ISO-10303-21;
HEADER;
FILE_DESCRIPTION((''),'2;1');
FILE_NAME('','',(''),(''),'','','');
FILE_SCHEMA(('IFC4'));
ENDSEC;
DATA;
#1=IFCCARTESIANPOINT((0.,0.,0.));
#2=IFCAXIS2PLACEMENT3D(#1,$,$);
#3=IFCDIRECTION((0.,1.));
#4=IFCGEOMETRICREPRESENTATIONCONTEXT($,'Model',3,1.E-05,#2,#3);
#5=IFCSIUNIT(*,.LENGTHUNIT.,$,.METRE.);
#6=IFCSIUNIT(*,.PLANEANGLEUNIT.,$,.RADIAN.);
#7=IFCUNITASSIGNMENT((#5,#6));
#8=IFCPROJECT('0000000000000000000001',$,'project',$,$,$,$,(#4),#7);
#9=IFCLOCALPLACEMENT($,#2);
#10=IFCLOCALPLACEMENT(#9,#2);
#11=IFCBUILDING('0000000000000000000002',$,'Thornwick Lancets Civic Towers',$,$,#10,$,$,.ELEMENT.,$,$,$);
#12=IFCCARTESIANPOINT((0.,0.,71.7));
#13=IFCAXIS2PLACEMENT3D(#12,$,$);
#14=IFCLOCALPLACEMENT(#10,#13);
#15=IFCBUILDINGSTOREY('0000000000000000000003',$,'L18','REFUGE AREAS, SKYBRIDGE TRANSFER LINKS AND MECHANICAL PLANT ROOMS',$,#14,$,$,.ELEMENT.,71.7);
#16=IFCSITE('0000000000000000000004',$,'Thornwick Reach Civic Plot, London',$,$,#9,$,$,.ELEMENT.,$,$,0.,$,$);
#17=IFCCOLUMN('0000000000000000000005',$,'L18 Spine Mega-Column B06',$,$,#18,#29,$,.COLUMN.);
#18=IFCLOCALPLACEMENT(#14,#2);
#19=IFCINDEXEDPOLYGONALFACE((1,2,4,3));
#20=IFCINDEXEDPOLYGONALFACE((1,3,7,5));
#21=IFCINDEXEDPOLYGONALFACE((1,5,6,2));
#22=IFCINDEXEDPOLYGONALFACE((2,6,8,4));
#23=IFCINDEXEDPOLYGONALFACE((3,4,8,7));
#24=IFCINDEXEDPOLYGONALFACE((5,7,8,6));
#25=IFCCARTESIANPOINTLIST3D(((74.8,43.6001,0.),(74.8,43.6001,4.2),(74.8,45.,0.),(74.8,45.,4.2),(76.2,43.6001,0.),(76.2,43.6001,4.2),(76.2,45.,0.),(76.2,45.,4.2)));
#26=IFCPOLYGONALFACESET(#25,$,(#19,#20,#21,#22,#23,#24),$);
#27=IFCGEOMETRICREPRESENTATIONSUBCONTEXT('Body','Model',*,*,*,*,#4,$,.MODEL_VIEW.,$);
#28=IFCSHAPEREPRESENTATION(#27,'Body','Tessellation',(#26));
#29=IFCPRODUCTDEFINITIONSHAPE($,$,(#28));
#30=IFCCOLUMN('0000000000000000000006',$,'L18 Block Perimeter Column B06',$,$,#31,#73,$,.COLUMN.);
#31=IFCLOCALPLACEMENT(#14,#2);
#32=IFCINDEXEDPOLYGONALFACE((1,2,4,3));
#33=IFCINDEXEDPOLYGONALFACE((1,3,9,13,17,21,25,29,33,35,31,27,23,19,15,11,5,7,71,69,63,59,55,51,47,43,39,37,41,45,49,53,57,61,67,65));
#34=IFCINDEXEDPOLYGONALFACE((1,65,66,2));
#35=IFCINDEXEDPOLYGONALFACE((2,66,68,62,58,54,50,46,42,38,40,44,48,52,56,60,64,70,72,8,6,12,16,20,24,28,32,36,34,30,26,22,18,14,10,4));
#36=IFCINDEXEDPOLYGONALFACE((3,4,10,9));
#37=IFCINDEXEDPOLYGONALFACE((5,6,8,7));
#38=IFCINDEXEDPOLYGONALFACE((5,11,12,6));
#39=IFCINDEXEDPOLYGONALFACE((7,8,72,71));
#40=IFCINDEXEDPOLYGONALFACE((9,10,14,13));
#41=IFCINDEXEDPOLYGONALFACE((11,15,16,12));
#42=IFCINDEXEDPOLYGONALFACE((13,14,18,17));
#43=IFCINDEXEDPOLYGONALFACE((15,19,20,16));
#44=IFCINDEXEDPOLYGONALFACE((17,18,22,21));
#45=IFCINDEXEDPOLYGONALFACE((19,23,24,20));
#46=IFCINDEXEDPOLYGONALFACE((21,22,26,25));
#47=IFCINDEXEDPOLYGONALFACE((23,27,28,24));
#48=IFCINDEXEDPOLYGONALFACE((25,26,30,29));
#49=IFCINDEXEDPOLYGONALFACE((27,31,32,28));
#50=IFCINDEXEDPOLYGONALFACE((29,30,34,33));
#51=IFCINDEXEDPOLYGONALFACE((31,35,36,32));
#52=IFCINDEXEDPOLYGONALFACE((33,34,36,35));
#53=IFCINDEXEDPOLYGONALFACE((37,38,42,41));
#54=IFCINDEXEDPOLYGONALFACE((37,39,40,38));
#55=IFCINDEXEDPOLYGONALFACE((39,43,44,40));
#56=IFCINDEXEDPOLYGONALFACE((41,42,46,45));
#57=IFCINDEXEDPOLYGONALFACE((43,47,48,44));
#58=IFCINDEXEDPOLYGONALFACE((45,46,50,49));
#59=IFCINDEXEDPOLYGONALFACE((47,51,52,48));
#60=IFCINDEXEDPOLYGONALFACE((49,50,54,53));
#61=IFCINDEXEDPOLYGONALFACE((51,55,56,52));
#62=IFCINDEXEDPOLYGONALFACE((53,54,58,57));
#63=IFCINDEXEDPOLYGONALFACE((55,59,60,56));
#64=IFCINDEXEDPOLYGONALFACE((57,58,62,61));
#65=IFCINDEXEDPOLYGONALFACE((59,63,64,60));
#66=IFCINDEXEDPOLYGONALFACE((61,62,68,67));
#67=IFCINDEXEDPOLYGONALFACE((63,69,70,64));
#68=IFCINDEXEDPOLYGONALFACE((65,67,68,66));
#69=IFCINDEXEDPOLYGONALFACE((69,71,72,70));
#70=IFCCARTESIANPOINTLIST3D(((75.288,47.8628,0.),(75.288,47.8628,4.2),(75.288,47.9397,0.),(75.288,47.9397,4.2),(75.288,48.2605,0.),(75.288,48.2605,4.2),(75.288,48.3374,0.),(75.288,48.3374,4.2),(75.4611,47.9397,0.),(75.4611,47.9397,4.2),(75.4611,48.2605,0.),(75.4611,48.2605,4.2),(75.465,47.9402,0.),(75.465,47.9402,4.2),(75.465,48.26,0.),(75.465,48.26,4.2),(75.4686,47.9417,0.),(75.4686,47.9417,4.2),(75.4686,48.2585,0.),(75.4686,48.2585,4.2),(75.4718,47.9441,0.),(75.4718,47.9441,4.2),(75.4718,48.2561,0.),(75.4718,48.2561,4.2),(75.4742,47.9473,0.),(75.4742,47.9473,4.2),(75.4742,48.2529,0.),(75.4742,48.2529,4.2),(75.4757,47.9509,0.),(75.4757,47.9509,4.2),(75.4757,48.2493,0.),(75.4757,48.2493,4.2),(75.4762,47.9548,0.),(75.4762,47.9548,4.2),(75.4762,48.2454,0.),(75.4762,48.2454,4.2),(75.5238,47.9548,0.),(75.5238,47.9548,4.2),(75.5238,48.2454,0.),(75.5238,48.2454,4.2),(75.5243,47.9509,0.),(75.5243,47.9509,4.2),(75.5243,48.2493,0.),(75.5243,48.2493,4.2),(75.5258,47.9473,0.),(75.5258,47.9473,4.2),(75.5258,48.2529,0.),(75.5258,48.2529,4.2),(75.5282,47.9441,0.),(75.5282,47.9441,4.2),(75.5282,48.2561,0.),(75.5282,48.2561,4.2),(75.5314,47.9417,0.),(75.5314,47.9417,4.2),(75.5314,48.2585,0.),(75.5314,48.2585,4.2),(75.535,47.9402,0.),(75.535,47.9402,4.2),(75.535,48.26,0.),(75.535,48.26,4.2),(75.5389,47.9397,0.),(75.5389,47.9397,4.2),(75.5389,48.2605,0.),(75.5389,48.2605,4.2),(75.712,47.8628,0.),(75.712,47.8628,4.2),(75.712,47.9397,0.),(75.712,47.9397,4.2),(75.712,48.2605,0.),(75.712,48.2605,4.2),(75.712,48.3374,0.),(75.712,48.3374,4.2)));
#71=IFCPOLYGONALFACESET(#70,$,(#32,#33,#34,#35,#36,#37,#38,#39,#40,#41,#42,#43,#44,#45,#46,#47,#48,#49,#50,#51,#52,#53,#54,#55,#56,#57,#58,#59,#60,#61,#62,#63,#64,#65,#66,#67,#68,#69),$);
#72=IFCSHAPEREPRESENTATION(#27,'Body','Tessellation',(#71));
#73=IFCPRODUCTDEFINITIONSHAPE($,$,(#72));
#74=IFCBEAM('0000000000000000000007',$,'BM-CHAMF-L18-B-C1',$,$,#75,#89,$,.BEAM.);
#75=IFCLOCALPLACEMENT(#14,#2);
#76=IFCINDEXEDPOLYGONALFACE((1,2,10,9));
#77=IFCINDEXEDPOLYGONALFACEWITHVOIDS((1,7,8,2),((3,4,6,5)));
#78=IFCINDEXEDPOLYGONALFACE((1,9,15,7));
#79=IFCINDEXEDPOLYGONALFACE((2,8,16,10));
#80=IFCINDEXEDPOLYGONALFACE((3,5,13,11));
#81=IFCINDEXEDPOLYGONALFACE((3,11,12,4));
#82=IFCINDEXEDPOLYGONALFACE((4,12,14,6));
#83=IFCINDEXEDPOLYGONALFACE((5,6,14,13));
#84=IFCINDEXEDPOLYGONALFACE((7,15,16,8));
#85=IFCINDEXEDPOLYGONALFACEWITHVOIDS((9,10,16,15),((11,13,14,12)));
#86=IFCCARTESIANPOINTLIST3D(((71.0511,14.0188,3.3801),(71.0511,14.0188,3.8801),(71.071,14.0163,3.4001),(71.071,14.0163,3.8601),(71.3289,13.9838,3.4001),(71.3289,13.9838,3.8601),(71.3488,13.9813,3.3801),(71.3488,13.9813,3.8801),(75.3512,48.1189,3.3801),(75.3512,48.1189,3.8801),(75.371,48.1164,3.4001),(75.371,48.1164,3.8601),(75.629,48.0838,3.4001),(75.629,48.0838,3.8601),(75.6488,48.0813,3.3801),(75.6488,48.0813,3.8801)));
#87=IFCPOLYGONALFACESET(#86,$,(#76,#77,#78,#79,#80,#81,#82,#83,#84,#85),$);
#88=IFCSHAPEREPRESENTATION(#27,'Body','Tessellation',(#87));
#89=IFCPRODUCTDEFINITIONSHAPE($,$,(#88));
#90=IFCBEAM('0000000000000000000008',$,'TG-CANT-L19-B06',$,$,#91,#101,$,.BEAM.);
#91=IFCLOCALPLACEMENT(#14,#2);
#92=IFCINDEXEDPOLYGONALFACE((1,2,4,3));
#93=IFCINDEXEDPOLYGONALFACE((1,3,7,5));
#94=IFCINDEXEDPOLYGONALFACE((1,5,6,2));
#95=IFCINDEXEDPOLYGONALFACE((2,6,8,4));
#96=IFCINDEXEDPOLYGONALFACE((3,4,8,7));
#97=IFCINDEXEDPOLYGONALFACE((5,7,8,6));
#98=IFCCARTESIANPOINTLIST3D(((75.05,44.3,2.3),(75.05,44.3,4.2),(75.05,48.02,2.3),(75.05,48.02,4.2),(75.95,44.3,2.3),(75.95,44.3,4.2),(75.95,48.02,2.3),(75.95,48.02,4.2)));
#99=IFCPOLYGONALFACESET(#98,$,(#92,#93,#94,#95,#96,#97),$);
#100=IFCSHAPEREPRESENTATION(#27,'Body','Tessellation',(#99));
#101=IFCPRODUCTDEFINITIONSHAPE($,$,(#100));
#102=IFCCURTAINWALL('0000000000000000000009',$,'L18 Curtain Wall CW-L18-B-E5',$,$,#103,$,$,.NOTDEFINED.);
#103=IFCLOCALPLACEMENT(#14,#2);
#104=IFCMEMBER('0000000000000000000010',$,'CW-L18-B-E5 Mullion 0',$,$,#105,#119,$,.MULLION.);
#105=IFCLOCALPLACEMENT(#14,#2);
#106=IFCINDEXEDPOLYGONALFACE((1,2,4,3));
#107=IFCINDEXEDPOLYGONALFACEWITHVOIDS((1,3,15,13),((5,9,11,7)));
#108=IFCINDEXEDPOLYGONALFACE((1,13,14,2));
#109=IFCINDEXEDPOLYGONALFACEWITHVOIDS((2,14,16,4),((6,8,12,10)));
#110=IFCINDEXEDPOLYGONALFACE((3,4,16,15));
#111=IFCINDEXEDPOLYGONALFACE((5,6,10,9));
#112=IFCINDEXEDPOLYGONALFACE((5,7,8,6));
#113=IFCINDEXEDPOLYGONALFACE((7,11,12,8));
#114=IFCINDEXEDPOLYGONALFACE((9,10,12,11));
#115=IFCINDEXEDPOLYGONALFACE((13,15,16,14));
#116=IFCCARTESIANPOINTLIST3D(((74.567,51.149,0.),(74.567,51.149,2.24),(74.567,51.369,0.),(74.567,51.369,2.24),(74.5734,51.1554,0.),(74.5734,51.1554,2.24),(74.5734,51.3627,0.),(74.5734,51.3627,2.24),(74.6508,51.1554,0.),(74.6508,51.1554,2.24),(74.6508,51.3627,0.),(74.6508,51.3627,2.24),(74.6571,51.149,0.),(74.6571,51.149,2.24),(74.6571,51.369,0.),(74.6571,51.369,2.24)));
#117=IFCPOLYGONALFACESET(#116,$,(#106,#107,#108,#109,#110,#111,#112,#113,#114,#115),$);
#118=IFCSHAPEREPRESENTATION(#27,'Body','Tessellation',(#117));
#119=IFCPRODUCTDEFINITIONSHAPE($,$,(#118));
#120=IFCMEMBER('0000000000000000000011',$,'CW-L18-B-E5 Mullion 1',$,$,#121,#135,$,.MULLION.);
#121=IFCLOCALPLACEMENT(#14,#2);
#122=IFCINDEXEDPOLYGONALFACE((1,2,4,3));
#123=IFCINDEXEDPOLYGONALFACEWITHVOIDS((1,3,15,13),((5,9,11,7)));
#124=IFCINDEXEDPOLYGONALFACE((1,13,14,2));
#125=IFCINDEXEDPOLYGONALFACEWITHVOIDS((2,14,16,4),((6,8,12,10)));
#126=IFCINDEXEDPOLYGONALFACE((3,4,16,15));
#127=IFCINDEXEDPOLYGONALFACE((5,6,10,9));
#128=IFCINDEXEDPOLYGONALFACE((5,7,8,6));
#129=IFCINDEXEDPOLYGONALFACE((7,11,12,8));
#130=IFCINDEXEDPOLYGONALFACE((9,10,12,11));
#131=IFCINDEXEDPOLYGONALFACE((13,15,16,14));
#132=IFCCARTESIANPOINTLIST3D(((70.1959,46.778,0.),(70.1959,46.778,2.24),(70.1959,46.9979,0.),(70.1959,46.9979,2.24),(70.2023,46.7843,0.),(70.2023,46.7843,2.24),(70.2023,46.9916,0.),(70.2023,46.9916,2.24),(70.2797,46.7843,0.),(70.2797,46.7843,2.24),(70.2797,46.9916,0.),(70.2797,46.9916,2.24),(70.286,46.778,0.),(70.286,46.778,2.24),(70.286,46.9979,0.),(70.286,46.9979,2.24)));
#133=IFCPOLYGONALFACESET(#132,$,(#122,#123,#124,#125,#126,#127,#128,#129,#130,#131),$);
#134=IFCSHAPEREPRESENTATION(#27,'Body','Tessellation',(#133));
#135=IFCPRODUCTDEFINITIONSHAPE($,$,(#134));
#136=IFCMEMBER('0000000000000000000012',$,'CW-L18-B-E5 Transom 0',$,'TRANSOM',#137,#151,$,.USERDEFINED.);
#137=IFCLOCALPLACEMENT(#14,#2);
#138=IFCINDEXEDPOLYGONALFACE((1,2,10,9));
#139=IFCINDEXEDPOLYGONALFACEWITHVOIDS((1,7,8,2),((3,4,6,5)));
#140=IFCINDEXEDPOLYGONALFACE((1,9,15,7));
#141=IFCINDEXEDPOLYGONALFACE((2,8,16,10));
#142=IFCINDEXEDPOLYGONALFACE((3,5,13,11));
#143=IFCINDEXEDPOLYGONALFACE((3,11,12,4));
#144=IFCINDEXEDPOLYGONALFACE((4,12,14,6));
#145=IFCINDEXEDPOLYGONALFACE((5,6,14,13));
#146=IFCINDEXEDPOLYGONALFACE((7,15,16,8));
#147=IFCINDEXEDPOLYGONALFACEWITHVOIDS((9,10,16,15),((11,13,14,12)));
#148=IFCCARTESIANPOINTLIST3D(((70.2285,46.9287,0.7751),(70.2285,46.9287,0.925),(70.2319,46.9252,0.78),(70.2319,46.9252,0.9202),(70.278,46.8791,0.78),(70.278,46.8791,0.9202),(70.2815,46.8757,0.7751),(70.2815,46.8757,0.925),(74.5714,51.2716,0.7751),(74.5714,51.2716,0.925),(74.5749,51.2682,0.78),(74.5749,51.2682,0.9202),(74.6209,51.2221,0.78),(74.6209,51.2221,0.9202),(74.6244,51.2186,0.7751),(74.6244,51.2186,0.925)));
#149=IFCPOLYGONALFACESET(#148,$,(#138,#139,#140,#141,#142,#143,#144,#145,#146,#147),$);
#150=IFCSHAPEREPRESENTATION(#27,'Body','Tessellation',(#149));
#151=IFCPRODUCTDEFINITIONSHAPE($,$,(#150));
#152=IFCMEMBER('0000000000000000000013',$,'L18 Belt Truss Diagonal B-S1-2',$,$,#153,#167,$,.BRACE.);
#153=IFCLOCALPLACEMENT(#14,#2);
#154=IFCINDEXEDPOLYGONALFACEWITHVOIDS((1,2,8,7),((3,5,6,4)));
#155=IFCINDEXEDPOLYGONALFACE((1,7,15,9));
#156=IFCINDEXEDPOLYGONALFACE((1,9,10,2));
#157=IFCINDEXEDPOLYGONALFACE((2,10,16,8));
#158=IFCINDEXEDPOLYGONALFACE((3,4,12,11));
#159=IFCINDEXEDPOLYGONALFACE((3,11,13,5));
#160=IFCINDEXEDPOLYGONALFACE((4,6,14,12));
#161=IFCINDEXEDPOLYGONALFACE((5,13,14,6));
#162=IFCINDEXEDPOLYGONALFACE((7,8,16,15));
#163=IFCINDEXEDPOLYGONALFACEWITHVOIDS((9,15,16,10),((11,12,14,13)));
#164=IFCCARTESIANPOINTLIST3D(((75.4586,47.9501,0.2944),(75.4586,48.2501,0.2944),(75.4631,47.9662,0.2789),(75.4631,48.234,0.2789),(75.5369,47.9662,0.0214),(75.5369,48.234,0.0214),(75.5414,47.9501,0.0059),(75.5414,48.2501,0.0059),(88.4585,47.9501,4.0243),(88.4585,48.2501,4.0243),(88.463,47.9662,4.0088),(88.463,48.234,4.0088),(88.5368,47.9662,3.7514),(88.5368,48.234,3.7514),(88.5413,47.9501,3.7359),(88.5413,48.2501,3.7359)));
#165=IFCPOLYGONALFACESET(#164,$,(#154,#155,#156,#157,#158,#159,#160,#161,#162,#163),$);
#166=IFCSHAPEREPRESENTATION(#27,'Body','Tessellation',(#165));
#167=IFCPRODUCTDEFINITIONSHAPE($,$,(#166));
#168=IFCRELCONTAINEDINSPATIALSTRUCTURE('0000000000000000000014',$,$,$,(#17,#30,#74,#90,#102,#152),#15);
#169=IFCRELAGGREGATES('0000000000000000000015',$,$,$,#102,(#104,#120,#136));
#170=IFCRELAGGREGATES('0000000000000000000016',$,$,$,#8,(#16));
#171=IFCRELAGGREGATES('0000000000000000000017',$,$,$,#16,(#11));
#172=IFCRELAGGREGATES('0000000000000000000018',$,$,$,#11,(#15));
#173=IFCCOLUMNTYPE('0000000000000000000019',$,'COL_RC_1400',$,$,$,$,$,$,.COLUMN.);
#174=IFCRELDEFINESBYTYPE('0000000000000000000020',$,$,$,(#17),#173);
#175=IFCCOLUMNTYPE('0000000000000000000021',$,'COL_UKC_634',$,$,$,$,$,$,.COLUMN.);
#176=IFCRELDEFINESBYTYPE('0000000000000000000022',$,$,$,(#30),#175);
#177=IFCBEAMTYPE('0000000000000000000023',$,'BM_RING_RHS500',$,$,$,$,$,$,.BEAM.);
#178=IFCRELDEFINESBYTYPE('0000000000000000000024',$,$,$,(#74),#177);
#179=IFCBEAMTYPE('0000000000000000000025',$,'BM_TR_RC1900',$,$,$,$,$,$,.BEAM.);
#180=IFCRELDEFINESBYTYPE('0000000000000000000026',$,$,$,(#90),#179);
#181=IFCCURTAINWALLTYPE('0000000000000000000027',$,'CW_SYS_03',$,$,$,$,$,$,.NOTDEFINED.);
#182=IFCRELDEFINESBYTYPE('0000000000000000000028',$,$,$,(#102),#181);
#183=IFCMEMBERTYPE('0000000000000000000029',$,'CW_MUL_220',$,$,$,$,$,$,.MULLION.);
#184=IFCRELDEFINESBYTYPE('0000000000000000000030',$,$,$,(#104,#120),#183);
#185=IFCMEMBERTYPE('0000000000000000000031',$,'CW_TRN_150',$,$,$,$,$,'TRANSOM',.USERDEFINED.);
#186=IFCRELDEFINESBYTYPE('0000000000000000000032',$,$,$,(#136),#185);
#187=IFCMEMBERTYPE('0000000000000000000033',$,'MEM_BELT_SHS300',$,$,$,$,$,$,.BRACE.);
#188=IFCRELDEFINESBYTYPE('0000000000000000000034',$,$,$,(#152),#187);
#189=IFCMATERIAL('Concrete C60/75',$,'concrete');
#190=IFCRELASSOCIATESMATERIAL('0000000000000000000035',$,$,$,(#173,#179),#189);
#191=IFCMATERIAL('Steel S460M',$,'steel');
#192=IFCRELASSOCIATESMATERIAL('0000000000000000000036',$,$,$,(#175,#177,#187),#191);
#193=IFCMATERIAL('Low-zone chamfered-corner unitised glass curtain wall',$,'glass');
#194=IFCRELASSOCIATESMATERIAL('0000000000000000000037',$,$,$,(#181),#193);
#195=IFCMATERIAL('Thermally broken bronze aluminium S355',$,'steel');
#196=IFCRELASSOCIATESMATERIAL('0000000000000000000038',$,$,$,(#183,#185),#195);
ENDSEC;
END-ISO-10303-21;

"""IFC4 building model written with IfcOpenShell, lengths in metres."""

from ifc_helpers import new_model, si_unit, direction, frame, origin, origin_2d, place, context, subcontext, project, spatial, rectangle, hollow_rectangle, i_section, extrude, material, material_profile, profile_set, type_object, element, aggregate, save


model = new_model("IFC4")

# Units and contexts
model_context = context("Model", 3, precision=1e-05, world=origin(), true_north=direction((0.0, 1.0)))
body_context = subcontext(model_context, "Body", "Model", "MODEL_VIEW")
ifc_project = project(units=[si_unit("LENGTHUNIT", "METRE"), si_unit("PLANEANGLEUNIT", "RADIAN")], contexts=[model_context])

# Site, building, storey
site_placement = place(None, origin())
site = spatial("IfcSite", under=ifc_project, at=site_placement, Name="Thornwick Reach Civic Plot, London", CompositionType="ELEMENT", RefElevation=0.0)
building_placement = place(site_placement, origin())
building = spatial("IfcBuilding", under=site, at=building_placement, Name="Thornwick Lancets Civic Towers", CompositionType="ELEMENT")
storey_placement = place(building_placement, frame((0.0, 0.0, 71.7)))
storey = spatial("IfcBuildingStorey", under=building, at=storey_placement, Name="L18", Description="REFUGE AREAS, SKYBRIDGE TRANSFER LINKS AND MECHANICAL PLANT ROOMS", CompositionType="ELEMENT", Elevation=71.7)

# Columns
ifc_material_1 = material(Name="Concrete C60/75", Category="concrete")
ifc_material_profile_1 = material_profile(ifc_material_1, rectangle(XDim=1.3999, YDim=1.3999, at=origin_2d()), Name="RC 1400x1400")
ifc_profile_set_1 = profile_set([ifc_material_profile_1], Name="Concrete C60/75")
column_type_1 = type_object("IfcColumnType", Name="COL_RC_1400", PredefinedType="COLUMN", material=ifc_profile_set_1)
column_1_placement = place(storey_placement, frame((75.5, 44.3, 0.0), z_axis=(0.0, 0.0, 1.0), x_axis=(1.0, 0.0, 0.0)))
element("IfcColumn", 1, at=column_1_placement, inside=storey, type_object=column_type_1, Name="L18 Spine Mega-Column B06", PredefinedType="COLUMN", context=body_context, shape_type="SweptSolid", body=[
    extrude(rectangle(XDim=1.3999, YDim=1.3999, at=origin_2d()), origin(), (0.0, 0.0, 1.0), 4.2),
])
ifc_material_2 = material(Name="Steel S460M", Category="steel")
ifc_material_profile_2 = material_profile(ifc_material_2, i_section(OverallWidth=0.4241, OverallDepth=0.4746, WebThickness=0.0476, FlangeThickness=0.0769, FilletRadius=0.0151, at=origin_2d()), Name="UKC 356x406x634")
ifc_profile_set_2 = profile_set([ifc_material_profile_2], Name="Steel S460M")
column_type_2 = type_object("IfcColumnType", Name="COL_UKC_634", PredefinedType="COLUMN", material=ifc_profile_set_2)
column_2_placement = place(storey_placement, frame((75.5, 48.1001, 0.0), z_axis=(0.0, 0.0, 1.0), x_axis=(1.0, 0.0, 0.0)))
element("IfcColumn", 2, at=column_2_placement, inside=storey, type_object=column_type_2, Name="L18 Block Perimeter Column B06", PredefinedType="COLUMN", context=body_context, shape_type="SweptSolid", body=[
    extrude(i_section(OverallWidth=0.4241, OverallDepth=0.4746, WebThickness=0.0476, FlangeThickness=0.0769, FilletRadius=0.0151, at=origin_2d()), origin(), (0.0, 0.0, 1.0), 4.2),
])

# Beams
ifc_material_profile_3 = material_profile(ifc_material_2, hollow_rectangle(XDim=0.3, YDim=0.5, WallThickness=0.02, at=origin_2d()), Name="RHS 500x300x20")
ifc_profile_set_3 = profile_set([ifc_material_profile_3], Name="Steel S460M")
beam_type_1 = type_object("IfcBeamType", Name="BM_RING_RHS500", PredefinedType="BEAM", material=ifc_profile_set_3)
beam_1_placement = place(storey_placement, frame((75.5, 48.1001, 3.6301), z_axis=(-0.12511, -0.992143, 0.0), x_axis=(0.992143, -0.12511, 0.0)))
element("IfcBeam", 3, at=beam_1_placement, inside=storey, type_object=beam_type_1, Name="BM-CHAMF-L18-B-C1", PredefinedType="BEAM", context=body_context, shape_type="SweptSolid", body=[
    extrude(hollow_rectangle(XDim=0.3, YDim=0.5, WallThickness=0.02, at=origin_2d()), origin(), (0.0, 0.0, 1.0), 34.3701),
])
ifc_material_profile_4 = material_profile(ifc_material_1, rectangle(XDim=0.8999, YDim=1.8999, at=origin_2d()), Name="RC 900x1900")
ifc_profile_set_4 = profile_set([ifc_material_profile_4], Name="Concrete C60/75")
beam_type_2 = type_object("IfcBeamType", Name="BM_TR_RC1900", PredefinedType="BEAM", material=ifc_profile_set_4)
beam_2_placement = place(storey_placement, frame((75.5, 44.3, 3.25), z_axis=(0.0, 1.0, 0.0), x_axis=(-1.0, 0.0, 0.0)))
element("IfcBeam", 4, at=beam_2_placement, inside=storey, type_object=beam_type_2, Name="TG-CANT-L19-B06", PredefinedType="BEAM", context=body_context, shape_type="SweptSolid", body=[
    extrude(rectangle(XDim=0.8999, YDim=1.8999, at=origin_2d()), origin(), (0.0, 0.0, 1.0), 3.72),
])

# Curtain wall, members
ifc_material_3 = material(Name="Low-zone chamfered-corner unitised glass curtain wall", Category="glass")
curtain_wall_type = type_object("IfcCurtainWallType", Name="CW_SYS_03", PredefinedType="NOTDEFINED", material=ifc_material_3)
curtain_wall_placement = place(storey_placement, origin())
curtain_wall = element("IfcCurtainWall", 5, at=curtain_wall_placement, inside=storey, type_object=curtain_wall_type, Name="L18 Curtain Wall CW-L18-B-E5", PredefinedType="NOTDEFINED")
ifc_material_4 = material(Name="Thermally broken bronze aluminium S355", Category="steel")
ifc_material_profile_5 = material_profile(ifc_material_4, hollow_rectangle(XDim=0.0901, YDim=0.22, WallThickness=0.0063, at=origin_2d()), Name="RHS 220x90x6.3")
ifc_profile_set_5 = profile_set([ifc_material_profile_5], Name="Thermally broken bronze aluminium S355")
member_type_1 = type_object("IfcMemberType", Name="CW_MUL_220", PredefinedType="MULLION", material=ifc_profile_set_5)
member_1_placement = place(storey_placement, frame((74.6121, 51.259, 0.0), z_axis=(0.0, 0.0, 1.0), x_axis=(1.0, 0.0, 0.0)))
member_1 = element("IfcMember", 6, at=member_1_placement, type_object=member_type_1, Name="CW-L18-B-E5 Mullion 0", PredefinedType="MULLION", context=body_context, shape_type="SweptSolid", body=[
    extrude(hollow_rectangle(XDim=0.0901, YDim=0.22, WallThickness=0.0063, at=origin_2d()), origin(), (0.0, 0.0, 1.0), 2.24),
])
member_2_placement = place(storey_placement, frame((70.241, 46.8879, 0.0), z_axis=(0.0, 0.0, 1.0), x_axis=(1.0, 0.0, 0.0)))
member_2 = element("IfcMember", 7, at=member_2_placement, type_object=member_type_1, Name="CW-L18-B-E5 Mullion 1", PredefinedType="MULLION", context=body_context, shape_type="SweptSolid", body=[
    extrude(hollow_rectangle(XDim=0.0901, YDim=0.22, WallThickness=0.0063, at=origin_2d()), origin(), (0.0, 0.0, 1.0), 2.24),
])
ifc_material_profile_6 = material_profile(ifc_material_4, hollow_rectangle(XDim=0.075, YDim=0.1499, WallThickness=0.0049, at=origin_2d()), Name="RHS 150x75x5")
ifc_profile_set_6 = profile_set([ifc_material_profile_6], Name="Thermally broken bronze aluminium S355")
member_type_2 = type_object("IfcMemberType", Name="CW_TRN_150", ElementType="TRANSOM", PredefinedType="USERDEFINED", material=ifc_profile_set_6)
member_3_placement = place(storey_placement, frame((74.5979, 51.2451, 0.8501), z_axis=(-0.707107, -0.707107, 0.0), x_axis=(0.707107, -0.707107, 0.0)))
member_3 = element("IfcMember", 8, at=member_3_placement, type_object=member_type_2, Name="CW-L18-B-E5 Transom 0", ObjectType="TRANSOM", PredefinedType="USERDEFINED", context=body_context, shape_type="SweptSolid", body=[
    extrude(hollow_rectangle(XDim=0.075, YDim=0.1499, WallThickness=0.0049, at=origin_2d()), origin(), (0.0, 0.0, 1.0), 6.1418),
])

# Member
ifc_material_profile_7 = material_profile(ifc_material_2, hollow_rectangle(XDim=0.3, YDim=0.3, WallThickness=0.0161, at=origin_2d()), Name="SHS 300x300x16")
ifc_profile_set_7 = profile_set([ifc_material_profile_7], Name="Steel S460M")
member_type_3 = type_object("IfcMemberType", Name="MEM_BELT_SHS300", PredefinedType="BRACE", material=ifc_profile_set_7)
member_4_placement = place(storey_placement, frame((75.5, 48.1001, 0.1501), z_axis=(0.961217, 0.0, 0.275794), x_axis=(0.0, 1.0, 0.0)))
element("IfcMember", 9, at=member_4_placement, inside=storey, type_object=member_type_3, Name="L18 Belt Truss Diagonal B-S1-2", PredefinedType="BRACE", context=body_context, shape_type="SweptSolid", body=[
    extrude(hollow_rectangle(XDim=0.3, YDim=0.3, WallThickness=0.0161, at=origin_2d()), origin(), (0.0, 0.0, 1.0), 13.5244),
])

aggregate(curtain_wall, [member_1, member_2, member_3])

save(model, "model.ifc")
